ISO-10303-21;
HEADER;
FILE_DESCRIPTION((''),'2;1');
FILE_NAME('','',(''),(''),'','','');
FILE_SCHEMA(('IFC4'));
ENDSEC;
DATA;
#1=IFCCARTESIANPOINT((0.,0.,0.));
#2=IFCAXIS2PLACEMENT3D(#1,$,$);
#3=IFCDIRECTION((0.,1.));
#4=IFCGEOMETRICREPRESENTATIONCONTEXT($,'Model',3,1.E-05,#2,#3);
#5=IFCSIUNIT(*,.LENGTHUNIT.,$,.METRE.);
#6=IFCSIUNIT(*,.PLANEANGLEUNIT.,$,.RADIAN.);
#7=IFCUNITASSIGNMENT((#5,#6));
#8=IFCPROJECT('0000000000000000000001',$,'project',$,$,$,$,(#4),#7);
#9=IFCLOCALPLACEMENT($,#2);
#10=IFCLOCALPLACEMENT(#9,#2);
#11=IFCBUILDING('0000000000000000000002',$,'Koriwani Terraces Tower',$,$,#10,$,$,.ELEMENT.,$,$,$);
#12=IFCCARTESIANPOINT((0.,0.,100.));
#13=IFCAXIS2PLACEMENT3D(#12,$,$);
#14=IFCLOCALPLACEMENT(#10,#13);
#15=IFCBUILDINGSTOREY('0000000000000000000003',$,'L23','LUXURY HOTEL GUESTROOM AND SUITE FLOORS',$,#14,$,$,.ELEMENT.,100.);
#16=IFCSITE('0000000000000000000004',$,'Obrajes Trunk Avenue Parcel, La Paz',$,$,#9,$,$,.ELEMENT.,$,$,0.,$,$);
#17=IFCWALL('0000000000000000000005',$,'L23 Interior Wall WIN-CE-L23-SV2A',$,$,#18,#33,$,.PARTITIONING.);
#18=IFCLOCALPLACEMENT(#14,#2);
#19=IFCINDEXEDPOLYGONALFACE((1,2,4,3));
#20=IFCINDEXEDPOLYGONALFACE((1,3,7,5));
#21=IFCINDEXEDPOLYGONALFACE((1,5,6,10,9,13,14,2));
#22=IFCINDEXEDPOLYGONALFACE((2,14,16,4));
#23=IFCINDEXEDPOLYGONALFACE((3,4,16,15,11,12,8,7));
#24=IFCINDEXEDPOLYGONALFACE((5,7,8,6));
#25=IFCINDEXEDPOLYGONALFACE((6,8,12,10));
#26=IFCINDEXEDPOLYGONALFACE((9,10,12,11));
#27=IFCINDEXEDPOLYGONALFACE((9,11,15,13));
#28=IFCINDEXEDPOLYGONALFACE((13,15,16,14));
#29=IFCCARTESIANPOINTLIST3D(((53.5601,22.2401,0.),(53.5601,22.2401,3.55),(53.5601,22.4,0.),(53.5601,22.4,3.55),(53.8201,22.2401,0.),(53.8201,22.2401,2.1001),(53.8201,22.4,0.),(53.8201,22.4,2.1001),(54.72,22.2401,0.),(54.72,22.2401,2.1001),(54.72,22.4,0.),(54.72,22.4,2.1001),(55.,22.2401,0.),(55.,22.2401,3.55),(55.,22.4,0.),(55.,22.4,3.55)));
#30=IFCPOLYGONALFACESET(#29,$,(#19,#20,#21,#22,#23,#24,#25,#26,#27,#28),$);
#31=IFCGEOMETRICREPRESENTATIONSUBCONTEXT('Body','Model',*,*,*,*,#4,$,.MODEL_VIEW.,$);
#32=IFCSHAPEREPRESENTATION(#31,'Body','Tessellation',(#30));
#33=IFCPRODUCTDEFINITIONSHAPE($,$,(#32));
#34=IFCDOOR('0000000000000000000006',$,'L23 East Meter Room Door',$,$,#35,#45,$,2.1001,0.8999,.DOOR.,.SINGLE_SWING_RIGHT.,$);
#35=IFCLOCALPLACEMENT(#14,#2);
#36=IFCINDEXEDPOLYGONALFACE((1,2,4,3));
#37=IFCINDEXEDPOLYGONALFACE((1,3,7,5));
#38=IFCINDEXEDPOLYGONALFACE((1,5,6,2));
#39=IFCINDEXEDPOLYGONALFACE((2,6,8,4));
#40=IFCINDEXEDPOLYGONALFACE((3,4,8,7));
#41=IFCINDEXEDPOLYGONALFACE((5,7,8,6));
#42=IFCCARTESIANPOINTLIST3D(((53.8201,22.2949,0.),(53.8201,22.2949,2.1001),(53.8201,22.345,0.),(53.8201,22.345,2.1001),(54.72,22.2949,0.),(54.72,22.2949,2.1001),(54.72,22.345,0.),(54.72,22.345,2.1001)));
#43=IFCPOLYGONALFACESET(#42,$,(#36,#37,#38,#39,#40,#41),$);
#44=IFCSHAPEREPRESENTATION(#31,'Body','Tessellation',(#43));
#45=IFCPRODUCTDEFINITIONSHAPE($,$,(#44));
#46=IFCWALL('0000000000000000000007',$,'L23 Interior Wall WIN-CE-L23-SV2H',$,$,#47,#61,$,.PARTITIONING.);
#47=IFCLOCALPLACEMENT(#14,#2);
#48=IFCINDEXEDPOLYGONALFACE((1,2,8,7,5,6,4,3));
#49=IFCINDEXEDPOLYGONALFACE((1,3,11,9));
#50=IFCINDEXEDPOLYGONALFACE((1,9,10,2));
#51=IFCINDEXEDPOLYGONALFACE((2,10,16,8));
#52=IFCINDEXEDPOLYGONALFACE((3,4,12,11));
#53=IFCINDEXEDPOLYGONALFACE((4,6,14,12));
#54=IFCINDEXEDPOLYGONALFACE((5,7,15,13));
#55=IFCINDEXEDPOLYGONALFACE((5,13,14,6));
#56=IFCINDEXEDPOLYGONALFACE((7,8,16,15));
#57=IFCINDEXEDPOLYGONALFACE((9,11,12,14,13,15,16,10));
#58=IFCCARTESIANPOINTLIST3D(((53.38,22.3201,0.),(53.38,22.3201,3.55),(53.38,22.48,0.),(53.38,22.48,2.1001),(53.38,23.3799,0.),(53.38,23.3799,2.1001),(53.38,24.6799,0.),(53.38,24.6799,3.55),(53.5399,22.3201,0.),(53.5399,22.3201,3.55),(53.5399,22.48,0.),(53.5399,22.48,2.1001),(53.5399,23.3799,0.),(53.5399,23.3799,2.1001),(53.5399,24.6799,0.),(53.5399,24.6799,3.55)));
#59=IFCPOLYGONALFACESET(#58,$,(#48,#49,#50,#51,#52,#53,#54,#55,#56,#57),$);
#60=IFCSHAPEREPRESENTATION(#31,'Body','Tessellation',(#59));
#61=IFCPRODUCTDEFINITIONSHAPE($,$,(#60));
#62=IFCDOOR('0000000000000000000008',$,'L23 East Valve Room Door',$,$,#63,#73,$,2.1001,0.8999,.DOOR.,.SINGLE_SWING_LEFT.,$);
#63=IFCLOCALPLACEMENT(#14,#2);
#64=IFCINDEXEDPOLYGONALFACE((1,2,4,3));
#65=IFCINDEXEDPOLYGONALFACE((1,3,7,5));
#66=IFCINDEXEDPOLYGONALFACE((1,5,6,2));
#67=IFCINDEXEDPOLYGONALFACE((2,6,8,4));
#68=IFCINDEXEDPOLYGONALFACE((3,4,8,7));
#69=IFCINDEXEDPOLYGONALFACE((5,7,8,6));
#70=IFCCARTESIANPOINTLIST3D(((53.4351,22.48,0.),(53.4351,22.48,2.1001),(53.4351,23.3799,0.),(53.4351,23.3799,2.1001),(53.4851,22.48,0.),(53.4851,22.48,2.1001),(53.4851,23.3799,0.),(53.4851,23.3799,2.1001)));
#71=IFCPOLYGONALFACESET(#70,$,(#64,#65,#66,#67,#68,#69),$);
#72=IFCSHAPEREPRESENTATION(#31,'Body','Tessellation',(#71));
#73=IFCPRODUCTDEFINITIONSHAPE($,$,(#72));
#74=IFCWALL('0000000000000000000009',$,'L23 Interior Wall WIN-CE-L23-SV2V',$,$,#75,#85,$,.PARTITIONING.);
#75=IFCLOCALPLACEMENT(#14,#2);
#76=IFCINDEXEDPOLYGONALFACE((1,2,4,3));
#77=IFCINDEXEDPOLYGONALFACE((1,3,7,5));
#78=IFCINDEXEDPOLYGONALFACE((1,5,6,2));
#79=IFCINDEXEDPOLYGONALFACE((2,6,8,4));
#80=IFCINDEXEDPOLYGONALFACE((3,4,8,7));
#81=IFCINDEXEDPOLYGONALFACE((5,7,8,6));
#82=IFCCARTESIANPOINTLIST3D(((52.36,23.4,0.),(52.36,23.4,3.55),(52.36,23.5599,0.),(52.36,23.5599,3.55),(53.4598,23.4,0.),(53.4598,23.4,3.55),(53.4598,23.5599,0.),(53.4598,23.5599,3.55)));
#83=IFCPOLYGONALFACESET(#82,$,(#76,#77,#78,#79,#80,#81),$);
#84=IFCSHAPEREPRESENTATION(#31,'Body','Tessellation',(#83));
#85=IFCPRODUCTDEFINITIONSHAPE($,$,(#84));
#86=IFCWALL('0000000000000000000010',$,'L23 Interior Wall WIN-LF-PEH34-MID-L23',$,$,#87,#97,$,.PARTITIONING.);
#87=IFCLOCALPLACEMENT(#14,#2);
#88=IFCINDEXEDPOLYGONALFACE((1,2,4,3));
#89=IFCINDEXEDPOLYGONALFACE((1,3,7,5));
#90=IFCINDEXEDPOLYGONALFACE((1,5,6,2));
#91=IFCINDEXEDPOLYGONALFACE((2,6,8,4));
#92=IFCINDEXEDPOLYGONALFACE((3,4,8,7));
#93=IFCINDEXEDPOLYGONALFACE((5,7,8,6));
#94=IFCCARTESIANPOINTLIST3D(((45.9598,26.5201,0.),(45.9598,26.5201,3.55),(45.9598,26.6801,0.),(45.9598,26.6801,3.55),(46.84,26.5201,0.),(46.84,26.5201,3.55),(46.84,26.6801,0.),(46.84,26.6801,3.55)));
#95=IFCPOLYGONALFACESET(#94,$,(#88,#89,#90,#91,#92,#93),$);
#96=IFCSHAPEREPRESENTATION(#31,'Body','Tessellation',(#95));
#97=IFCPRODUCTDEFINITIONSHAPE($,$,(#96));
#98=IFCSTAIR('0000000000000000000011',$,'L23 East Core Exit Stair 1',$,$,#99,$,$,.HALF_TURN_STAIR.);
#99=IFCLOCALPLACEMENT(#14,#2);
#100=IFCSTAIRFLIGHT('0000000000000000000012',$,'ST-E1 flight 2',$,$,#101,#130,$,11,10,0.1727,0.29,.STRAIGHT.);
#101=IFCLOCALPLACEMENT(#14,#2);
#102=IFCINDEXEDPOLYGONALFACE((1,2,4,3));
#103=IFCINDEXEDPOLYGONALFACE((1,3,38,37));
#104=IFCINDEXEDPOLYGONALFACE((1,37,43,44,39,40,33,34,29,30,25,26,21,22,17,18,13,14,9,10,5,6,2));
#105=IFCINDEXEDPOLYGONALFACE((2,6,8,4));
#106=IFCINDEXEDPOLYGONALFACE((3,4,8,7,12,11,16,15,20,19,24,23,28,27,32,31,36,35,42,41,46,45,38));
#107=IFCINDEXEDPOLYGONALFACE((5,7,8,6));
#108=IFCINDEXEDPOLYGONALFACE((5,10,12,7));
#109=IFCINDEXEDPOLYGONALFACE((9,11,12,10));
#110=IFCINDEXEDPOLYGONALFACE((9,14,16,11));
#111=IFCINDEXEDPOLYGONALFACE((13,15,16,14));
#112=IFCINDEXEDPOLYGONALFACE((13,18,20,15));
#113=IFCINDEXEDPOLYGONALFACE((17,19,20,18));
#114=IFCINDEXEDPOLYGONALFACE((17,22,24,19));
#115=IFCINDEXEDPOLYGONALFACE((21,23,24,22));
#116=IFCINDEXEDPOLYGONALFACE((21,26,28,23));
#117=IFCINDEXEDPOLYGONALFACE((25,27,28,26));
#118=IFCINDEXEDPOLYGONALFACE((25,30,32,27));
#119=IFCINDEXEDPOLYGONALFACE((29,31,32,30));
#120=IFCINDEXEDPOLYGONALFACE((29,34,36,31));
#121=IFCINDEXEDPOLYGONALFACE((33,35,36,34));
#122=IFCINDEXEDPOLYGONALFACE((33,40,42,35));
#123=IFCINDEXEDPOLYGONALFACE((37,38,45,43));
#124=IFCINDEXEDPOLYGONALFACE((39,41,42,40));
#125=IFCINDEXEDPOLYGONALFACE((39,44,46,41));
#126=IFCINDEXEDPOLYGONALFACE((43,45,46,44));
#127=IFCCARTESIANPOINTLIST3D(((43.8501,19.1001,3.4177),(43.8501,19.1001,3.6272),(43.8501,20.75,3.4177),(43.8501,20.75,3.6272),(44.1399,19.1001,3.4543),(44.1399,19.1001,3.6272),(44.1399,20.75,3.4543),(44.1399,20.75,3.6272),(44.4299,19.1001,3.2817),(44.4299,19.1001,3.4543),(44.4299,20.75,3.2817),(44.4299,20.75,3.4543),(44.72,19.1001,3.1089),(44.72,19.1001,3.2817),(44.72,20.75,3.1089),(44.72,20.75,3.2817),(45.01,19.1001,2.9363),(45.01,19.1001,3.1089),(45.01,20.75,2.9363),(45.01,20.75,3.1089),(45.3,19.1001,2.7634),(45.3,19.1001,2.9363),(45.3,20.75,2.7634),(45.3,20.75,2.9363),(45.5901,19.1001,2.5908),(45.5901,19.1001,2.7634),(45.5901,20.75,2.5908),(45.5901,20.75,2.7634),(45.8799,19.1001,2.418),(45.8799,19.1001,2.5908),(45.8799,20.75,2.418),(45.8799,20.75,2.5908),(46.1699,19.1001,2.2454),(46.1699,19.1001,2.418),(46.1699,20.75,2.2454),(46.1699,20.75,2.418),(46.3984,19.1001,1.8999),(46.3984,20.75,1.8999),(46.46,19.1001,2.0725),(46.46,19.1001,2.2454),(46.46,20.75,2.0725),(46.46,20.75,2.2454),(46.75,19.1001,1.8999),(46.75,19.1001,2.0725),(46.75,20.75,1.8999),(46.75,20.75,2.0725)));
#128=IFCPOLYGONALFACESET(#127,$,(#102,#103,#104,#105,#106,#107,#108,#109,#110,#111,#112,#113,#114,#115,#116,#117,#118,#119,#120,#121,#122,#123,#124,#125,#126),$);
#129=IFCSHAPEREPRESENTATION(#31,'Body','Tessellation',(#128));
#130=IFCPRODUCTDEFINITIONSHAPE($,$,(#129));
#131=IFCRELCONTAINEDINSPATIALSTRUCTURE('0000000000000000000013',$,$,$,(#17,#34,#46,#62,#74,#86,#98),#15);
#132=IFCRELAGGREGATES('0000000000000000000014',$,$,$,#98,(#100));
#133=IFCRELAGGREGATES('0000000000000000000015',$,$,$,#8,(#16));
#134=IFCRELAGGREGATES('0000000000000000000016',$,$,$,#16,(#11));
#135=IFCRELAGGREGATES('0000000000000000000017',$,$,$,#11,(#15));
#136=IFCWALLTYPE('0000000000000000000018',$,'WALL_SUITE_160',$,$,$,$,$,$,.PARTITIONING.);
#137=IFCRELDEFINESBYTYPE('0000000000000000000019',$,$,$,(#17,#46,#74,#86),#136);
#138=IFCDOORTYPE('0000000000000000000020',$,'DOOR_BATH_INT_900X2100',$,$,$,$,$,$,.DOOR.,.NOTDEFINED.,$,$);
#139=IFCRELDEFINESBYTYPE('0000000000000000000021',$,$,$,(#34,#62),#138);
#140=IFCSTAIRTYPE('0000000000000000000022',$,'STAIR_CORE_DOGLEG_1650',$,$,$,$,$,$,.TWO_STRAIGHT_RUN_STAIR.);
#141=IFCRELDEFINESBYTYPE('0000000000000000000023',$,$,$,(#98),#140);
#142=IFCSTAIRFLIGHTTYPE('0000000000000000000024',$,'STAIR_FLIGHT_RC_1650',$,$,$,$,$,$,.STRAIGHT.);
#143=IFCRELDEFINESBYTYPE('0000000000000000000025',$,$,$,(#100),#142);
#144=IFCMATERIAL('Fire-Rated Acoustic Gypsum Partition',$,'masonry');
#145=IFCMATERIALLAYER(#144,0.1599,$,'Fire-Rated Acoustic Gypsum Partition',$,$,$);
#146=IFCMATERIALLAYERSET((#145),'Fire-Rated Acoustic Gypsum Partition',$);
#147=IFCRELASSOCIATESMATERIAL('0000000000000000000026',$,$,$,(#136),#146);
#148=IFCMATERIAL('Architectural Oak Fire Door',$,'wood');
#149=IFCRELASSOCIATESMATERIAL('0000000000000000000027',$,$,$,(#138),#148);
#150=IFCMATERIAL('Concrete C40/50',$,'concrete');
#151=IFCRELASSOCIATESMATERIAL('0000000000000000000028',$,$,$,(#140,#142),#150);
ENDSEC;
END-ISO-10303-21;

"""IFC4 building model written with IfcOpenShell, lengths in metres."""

from ifc_helpers import new_model, si_unit, direction, frame, frame_2d, origin, place, context, subcontext, project, spatial, polyline, rectangle, outline, extrude, material, layer, layer_set, type_object, element, fill, aggregate, save


model = new_model("IFC4")

# Units and contexts
model_context = context("Model", 3, precision=1e-05, world=origin(), true_north=direction((0.0, 1.0)))
body_context = subcontext(model_context, "Body", "Model", "MODEL_VIEW")
ifc_project = project(units=[si_unit("LENGTHUNIT", "METRE"), si_unit("PLANEANGLEUNIT", "RADIAN")], contexts=[model_context])

# Site, building, storey
site_placement = place(None, origin())
site = spatial("IfcSite", under=ifc_project, at=site_placement, Name="Obrajes Trunk Avenue Parcel, La Paz", CompositionType="ELEMENT", RefElevation=0.0)
building_placement = place(site_placement, origin())
building = spatial("IfcBuilding", under=site, at=building_placement, Name="Koriwani Terraces Tower", CompositionType="ELEMENT")
storey_placement = place(building_placement, frame((0.0, 0.0, 100.0)))
storey = spatial("IfcBuildingStorey", under=building, at=storey_placement, Name="L23", Description="LUXURY HOTEL GUESTROOM AND SUITE FLOORS", CompositionType="ELEMENT", Elevation=100.0)

# Shared definitions
ifc_material_1 = material(Name="Concrete C40/50", Category="concrete")

# Walls, openings, doors
ifc_material_2 = material(Name="Fire-Rated Acoustic Gypsum Partition", Category="masonry")
ifc_layer_1 = layer(ifc_material_2, 0.1599, Name="Fire-Rated Acoustic Gypsum Partition")
ifc_layer_set_1 = layer_set([ifc_layer_1], Name="Fire-Rated Acoustic Gypsum Partition")
wall_type_1 = type_object("IfcWallType", Name="WALL_SUITE_160", PredefinedType="PARTITIONING", material=ifc_layer_set_1)
wall_1_placement = place(storey_placement, frame((53.5601, 22.3201, 0.0), z_axis=(0.0, 0.0, 1.0), x_axis=(1.0, 0.0, 0.0)))
wall_1 = element("IfcWall", 1, at=wall_1_placement, inside=storey, type_object=wall_type_1, Name="L23 Interior Wall WIN-CE-L23-SV2A", PredefinedType="PARTITIONING", context=body_context, shape_type="SweptSolid", body=[
    extrude(rectangle(XDim=1.4399, YDim=0.1599, at=frame_2d((0.72, 0.0))), origin(), (0.0, 0.0, 1.0), 3.55),
])
opening_1_placement = place(wall_1_placement, frame((0.26, 0.0, 0.0)))
opening_1 = element("IfcOpeningElement", 2, at=opening_1_placement, cuts=wall_1, PredefinedType="OPENING", context=body_context, shape_type="SweptSolid", body=[
    extrude(rectangle(XDim=0.8999, YDim=2.1001, at=frame_2d((0.45, 1.05))), frame((0.0, 0.0898, 0.0), z_axis=(0.0, -1.0, 0.0), x_axis=(1.0, 0.0, 0.0)), (0.0, 0.0, 1.0), 0.1799),
])
ifc_material_3 = material(Name="Architectural Oak Fire Door", Category="wood")
door_type_1 = type_object("IfcDoorType", Name="DOOR_BATH_INT_900X2100", OperationType="NOTDEFINED", PredefinedType="DOOR", material=ifc_material_3)
door_1_placement = place(opening_1_placement, origin())
door_1 = element("IfcDoor", 3, at=door_1_placement, inside=storey, type_object=door_type_1, Name="L23 East Meter Room Door", OperationType="SINGLE_SWING_RIGHT", OverallHeight=2.1001, OverallWidth=0.8999, PredefinedType="DOOR", context=body_context, shape_type="SweptSolid", body=[
    extrude(rectangle(XDim=0.8999, YDim=2.1001, at=frame_2d((0.45, 1.05))), frame((0.0, 0.0249, 0.0), z_axis=(0.0, -1.0, 0.0), x_axis=(1.0, 0.0, 0.0)), (0.0, 0.0, 1.0), 0.05),
])
fill(opening_1, door_1)
wall_2_placement = place(storey_placement, frame((53.46, 22.3201, 0.0), z_axis=(0.0, 0.0, 1.0), x_axis=(0.0, 1.0, 0.0)))
wall_2 = element("IfcWall", 4, at=wall_2_placement, inside=storey, type_object=wall_type_1, Name="L23 Interior Wall WIN-CE-L23-SV2H", PredefinedType="PARTITIONING", context=body_context, shape_type="SweptSolid", body=[
    extrude(rectangle(XDim=2.3599, YDim=0.1599, at=frame_2d((1.1799, 0.0))), origin(), (0.0, 0.0, 1.0), 3.55),
])
opening_2_placement = place(wall_2_placement, frame((0.1599, 0.0, 0.0)))
opening_2 = element("IfcOpeningElement", 5, at=opening_2_placement, cuts=wall_2, PredefinedType="OPENING", context=body_context, shape_type="SweptSolid", body=[
    extrude(rectangle(XDim=0.8999, YDim=2.1001, at=frame_2d((0.45, 1.05))), frame((0.0, 0.0898, 0.0), z_axis=(0.0, -1.0, 0.0), x_axis=(1.0, 0.0, 0.0)), (0.0, 0.0, 1.0), 0.1799),
])
door_2_placement = place(opening_2_placement, origin())
door_2 = element("IfcDoor", 6, at=door_2_placement, inside=storey, type_object=door_type_1, Name="L23 East Valve Room Door", OperationType="SINGLE_SWING_LEFT", OverallHeight=2.1001, OverallWidth=0.8999, PredefinedType="DOOR", context=body_context, shape_type="SweptSolid", body=[
    extrude(rectangle(XDim=0.8999, YDim=2.1001, at=frame_2d((0.45, 1.05))), frame((0.0, 0.0249, 0.0), z_axis=(0.0, -1.0, 0.0), x_axis=(1.0, 0.0, 0.0)), (0.0, 0.0, 1.0), 0.05),
])
fill(opening_2, door_2)

# Walls
wall_3_placement = place(storey_placement, frame((52.3601, 23.48, 0.0), z_axis=(0.0, 0.0, 1.0), x_axis=(1.0, 0.0, 0.0)))
element("IfcWall", 7, at=wall_3_placement, inside=storey, type_object=wall_type_1, Name="L23 Interior Wall WIN-CE-L23-SV2V", PredefinedType="PARTITIONING", context=body_context, shape_type="SweptSolid", body=[
    extrude(rectangle(XDim=1.0999, YDim=0.1599, at=frame_2d((0.5498, 0.0))), origin(), (0.0, 0.0, 1.0), 3.55),
])
wall_4_placement = place(storey_placement, frame((45.96, 26.6001, 0.0), z_axis=(0.0, 0.0, 1.0), x_axis=(1.0, 0.0, 0.0)))
element("IfcWall", 8, at=wall_4_placement, inside=storey, type_object=wall_type_1, Name="L23 Interior Wall WIN-LF-PEH34-MID-L23", PredefinedType="PARTITIONING", context=body_context, shape_type="SweptSolid", body=[
    extrude(rectangle(XDim=0.8801, YDim=0.1599, at=frame_2d((0.4399, 0.0))), origin(), (0.0, 0.0, 1.0), 3.55),
])

# Stair, stair flight
stair_type = type_object("IfcStairType", Name="STAIR_CORE_DOGLEG_1650", PredefinedType="TWO_STRAIGHT_RUN_STAIR", material=ifc_material_1)
stair_placement = place(storey_placement, origin())
stair = element("IfcStair", 9, at=stair_placement, inside=storey, type_object=stair_type, Name="L23 East Core Exit Stair 1", PredefinedType="HALF_TURN_STAIR")
stair_flight_type = type_object("IfcStairFlightType", Name="STAIR_FLIGHT_RC_1650", PredefinedType="STRAIGHT", material=ifc_material_1)
stair_flight_placement = place(storey_placement, frame((46.75, 19.925, 1.8999), z_axis=(0.0, 0.0, 1.0), x_axis=(-1.0, 0.0, 0.0)))
stair_flight = element("IfcStairFlight", 10, at=stair_flight_placement, type_object=stair_flight_type, Name="ST-E1 flight 2", NumberOfRisers=11, NumberOfTreads=10, PredefinedType="STRAIGHT", RiserHeight=0.1727, TreadLength=0.29, context=body_context, shape_type="SweptSolid", body=[
    extrude(outline(polyline([(0.0, 0.0), (0.0, 0.1726), (0.29, 0.1726), (0.29, 0.3455), (0.5801, 0.3455), (0.5801, 0.5181), (0.8701, 0.5181), (0.8701, 0.6909), (1.1599, 0.6909), (1.1599, 0.8635), (1.45, 0.8635), (1.45, 1.0364), (1.74, 1.0364), (1.74, 1.209), (2.03, 1.209), (2.03, 1.3818), (2.3201, 1.3818), (2.3201, 1.5544), (2.6101, 1.5544), (2.6101, 1.7273), (2.8999, 1.7273), (2.8999, 1.8999), (2.8999, 1.5178), (0.3516, 0.0), (0.0, 0.0)])), frame((0.0, 0.825, 0.0), z_axis=(0.0, -1.0, 0.0), x_axis=(1.0, 0.0, 0.0)), (0.0, 0.0, 1.0), 1.6499),
])
aggregate(stair, [stair_flight])

save(model, "model.ifc")
